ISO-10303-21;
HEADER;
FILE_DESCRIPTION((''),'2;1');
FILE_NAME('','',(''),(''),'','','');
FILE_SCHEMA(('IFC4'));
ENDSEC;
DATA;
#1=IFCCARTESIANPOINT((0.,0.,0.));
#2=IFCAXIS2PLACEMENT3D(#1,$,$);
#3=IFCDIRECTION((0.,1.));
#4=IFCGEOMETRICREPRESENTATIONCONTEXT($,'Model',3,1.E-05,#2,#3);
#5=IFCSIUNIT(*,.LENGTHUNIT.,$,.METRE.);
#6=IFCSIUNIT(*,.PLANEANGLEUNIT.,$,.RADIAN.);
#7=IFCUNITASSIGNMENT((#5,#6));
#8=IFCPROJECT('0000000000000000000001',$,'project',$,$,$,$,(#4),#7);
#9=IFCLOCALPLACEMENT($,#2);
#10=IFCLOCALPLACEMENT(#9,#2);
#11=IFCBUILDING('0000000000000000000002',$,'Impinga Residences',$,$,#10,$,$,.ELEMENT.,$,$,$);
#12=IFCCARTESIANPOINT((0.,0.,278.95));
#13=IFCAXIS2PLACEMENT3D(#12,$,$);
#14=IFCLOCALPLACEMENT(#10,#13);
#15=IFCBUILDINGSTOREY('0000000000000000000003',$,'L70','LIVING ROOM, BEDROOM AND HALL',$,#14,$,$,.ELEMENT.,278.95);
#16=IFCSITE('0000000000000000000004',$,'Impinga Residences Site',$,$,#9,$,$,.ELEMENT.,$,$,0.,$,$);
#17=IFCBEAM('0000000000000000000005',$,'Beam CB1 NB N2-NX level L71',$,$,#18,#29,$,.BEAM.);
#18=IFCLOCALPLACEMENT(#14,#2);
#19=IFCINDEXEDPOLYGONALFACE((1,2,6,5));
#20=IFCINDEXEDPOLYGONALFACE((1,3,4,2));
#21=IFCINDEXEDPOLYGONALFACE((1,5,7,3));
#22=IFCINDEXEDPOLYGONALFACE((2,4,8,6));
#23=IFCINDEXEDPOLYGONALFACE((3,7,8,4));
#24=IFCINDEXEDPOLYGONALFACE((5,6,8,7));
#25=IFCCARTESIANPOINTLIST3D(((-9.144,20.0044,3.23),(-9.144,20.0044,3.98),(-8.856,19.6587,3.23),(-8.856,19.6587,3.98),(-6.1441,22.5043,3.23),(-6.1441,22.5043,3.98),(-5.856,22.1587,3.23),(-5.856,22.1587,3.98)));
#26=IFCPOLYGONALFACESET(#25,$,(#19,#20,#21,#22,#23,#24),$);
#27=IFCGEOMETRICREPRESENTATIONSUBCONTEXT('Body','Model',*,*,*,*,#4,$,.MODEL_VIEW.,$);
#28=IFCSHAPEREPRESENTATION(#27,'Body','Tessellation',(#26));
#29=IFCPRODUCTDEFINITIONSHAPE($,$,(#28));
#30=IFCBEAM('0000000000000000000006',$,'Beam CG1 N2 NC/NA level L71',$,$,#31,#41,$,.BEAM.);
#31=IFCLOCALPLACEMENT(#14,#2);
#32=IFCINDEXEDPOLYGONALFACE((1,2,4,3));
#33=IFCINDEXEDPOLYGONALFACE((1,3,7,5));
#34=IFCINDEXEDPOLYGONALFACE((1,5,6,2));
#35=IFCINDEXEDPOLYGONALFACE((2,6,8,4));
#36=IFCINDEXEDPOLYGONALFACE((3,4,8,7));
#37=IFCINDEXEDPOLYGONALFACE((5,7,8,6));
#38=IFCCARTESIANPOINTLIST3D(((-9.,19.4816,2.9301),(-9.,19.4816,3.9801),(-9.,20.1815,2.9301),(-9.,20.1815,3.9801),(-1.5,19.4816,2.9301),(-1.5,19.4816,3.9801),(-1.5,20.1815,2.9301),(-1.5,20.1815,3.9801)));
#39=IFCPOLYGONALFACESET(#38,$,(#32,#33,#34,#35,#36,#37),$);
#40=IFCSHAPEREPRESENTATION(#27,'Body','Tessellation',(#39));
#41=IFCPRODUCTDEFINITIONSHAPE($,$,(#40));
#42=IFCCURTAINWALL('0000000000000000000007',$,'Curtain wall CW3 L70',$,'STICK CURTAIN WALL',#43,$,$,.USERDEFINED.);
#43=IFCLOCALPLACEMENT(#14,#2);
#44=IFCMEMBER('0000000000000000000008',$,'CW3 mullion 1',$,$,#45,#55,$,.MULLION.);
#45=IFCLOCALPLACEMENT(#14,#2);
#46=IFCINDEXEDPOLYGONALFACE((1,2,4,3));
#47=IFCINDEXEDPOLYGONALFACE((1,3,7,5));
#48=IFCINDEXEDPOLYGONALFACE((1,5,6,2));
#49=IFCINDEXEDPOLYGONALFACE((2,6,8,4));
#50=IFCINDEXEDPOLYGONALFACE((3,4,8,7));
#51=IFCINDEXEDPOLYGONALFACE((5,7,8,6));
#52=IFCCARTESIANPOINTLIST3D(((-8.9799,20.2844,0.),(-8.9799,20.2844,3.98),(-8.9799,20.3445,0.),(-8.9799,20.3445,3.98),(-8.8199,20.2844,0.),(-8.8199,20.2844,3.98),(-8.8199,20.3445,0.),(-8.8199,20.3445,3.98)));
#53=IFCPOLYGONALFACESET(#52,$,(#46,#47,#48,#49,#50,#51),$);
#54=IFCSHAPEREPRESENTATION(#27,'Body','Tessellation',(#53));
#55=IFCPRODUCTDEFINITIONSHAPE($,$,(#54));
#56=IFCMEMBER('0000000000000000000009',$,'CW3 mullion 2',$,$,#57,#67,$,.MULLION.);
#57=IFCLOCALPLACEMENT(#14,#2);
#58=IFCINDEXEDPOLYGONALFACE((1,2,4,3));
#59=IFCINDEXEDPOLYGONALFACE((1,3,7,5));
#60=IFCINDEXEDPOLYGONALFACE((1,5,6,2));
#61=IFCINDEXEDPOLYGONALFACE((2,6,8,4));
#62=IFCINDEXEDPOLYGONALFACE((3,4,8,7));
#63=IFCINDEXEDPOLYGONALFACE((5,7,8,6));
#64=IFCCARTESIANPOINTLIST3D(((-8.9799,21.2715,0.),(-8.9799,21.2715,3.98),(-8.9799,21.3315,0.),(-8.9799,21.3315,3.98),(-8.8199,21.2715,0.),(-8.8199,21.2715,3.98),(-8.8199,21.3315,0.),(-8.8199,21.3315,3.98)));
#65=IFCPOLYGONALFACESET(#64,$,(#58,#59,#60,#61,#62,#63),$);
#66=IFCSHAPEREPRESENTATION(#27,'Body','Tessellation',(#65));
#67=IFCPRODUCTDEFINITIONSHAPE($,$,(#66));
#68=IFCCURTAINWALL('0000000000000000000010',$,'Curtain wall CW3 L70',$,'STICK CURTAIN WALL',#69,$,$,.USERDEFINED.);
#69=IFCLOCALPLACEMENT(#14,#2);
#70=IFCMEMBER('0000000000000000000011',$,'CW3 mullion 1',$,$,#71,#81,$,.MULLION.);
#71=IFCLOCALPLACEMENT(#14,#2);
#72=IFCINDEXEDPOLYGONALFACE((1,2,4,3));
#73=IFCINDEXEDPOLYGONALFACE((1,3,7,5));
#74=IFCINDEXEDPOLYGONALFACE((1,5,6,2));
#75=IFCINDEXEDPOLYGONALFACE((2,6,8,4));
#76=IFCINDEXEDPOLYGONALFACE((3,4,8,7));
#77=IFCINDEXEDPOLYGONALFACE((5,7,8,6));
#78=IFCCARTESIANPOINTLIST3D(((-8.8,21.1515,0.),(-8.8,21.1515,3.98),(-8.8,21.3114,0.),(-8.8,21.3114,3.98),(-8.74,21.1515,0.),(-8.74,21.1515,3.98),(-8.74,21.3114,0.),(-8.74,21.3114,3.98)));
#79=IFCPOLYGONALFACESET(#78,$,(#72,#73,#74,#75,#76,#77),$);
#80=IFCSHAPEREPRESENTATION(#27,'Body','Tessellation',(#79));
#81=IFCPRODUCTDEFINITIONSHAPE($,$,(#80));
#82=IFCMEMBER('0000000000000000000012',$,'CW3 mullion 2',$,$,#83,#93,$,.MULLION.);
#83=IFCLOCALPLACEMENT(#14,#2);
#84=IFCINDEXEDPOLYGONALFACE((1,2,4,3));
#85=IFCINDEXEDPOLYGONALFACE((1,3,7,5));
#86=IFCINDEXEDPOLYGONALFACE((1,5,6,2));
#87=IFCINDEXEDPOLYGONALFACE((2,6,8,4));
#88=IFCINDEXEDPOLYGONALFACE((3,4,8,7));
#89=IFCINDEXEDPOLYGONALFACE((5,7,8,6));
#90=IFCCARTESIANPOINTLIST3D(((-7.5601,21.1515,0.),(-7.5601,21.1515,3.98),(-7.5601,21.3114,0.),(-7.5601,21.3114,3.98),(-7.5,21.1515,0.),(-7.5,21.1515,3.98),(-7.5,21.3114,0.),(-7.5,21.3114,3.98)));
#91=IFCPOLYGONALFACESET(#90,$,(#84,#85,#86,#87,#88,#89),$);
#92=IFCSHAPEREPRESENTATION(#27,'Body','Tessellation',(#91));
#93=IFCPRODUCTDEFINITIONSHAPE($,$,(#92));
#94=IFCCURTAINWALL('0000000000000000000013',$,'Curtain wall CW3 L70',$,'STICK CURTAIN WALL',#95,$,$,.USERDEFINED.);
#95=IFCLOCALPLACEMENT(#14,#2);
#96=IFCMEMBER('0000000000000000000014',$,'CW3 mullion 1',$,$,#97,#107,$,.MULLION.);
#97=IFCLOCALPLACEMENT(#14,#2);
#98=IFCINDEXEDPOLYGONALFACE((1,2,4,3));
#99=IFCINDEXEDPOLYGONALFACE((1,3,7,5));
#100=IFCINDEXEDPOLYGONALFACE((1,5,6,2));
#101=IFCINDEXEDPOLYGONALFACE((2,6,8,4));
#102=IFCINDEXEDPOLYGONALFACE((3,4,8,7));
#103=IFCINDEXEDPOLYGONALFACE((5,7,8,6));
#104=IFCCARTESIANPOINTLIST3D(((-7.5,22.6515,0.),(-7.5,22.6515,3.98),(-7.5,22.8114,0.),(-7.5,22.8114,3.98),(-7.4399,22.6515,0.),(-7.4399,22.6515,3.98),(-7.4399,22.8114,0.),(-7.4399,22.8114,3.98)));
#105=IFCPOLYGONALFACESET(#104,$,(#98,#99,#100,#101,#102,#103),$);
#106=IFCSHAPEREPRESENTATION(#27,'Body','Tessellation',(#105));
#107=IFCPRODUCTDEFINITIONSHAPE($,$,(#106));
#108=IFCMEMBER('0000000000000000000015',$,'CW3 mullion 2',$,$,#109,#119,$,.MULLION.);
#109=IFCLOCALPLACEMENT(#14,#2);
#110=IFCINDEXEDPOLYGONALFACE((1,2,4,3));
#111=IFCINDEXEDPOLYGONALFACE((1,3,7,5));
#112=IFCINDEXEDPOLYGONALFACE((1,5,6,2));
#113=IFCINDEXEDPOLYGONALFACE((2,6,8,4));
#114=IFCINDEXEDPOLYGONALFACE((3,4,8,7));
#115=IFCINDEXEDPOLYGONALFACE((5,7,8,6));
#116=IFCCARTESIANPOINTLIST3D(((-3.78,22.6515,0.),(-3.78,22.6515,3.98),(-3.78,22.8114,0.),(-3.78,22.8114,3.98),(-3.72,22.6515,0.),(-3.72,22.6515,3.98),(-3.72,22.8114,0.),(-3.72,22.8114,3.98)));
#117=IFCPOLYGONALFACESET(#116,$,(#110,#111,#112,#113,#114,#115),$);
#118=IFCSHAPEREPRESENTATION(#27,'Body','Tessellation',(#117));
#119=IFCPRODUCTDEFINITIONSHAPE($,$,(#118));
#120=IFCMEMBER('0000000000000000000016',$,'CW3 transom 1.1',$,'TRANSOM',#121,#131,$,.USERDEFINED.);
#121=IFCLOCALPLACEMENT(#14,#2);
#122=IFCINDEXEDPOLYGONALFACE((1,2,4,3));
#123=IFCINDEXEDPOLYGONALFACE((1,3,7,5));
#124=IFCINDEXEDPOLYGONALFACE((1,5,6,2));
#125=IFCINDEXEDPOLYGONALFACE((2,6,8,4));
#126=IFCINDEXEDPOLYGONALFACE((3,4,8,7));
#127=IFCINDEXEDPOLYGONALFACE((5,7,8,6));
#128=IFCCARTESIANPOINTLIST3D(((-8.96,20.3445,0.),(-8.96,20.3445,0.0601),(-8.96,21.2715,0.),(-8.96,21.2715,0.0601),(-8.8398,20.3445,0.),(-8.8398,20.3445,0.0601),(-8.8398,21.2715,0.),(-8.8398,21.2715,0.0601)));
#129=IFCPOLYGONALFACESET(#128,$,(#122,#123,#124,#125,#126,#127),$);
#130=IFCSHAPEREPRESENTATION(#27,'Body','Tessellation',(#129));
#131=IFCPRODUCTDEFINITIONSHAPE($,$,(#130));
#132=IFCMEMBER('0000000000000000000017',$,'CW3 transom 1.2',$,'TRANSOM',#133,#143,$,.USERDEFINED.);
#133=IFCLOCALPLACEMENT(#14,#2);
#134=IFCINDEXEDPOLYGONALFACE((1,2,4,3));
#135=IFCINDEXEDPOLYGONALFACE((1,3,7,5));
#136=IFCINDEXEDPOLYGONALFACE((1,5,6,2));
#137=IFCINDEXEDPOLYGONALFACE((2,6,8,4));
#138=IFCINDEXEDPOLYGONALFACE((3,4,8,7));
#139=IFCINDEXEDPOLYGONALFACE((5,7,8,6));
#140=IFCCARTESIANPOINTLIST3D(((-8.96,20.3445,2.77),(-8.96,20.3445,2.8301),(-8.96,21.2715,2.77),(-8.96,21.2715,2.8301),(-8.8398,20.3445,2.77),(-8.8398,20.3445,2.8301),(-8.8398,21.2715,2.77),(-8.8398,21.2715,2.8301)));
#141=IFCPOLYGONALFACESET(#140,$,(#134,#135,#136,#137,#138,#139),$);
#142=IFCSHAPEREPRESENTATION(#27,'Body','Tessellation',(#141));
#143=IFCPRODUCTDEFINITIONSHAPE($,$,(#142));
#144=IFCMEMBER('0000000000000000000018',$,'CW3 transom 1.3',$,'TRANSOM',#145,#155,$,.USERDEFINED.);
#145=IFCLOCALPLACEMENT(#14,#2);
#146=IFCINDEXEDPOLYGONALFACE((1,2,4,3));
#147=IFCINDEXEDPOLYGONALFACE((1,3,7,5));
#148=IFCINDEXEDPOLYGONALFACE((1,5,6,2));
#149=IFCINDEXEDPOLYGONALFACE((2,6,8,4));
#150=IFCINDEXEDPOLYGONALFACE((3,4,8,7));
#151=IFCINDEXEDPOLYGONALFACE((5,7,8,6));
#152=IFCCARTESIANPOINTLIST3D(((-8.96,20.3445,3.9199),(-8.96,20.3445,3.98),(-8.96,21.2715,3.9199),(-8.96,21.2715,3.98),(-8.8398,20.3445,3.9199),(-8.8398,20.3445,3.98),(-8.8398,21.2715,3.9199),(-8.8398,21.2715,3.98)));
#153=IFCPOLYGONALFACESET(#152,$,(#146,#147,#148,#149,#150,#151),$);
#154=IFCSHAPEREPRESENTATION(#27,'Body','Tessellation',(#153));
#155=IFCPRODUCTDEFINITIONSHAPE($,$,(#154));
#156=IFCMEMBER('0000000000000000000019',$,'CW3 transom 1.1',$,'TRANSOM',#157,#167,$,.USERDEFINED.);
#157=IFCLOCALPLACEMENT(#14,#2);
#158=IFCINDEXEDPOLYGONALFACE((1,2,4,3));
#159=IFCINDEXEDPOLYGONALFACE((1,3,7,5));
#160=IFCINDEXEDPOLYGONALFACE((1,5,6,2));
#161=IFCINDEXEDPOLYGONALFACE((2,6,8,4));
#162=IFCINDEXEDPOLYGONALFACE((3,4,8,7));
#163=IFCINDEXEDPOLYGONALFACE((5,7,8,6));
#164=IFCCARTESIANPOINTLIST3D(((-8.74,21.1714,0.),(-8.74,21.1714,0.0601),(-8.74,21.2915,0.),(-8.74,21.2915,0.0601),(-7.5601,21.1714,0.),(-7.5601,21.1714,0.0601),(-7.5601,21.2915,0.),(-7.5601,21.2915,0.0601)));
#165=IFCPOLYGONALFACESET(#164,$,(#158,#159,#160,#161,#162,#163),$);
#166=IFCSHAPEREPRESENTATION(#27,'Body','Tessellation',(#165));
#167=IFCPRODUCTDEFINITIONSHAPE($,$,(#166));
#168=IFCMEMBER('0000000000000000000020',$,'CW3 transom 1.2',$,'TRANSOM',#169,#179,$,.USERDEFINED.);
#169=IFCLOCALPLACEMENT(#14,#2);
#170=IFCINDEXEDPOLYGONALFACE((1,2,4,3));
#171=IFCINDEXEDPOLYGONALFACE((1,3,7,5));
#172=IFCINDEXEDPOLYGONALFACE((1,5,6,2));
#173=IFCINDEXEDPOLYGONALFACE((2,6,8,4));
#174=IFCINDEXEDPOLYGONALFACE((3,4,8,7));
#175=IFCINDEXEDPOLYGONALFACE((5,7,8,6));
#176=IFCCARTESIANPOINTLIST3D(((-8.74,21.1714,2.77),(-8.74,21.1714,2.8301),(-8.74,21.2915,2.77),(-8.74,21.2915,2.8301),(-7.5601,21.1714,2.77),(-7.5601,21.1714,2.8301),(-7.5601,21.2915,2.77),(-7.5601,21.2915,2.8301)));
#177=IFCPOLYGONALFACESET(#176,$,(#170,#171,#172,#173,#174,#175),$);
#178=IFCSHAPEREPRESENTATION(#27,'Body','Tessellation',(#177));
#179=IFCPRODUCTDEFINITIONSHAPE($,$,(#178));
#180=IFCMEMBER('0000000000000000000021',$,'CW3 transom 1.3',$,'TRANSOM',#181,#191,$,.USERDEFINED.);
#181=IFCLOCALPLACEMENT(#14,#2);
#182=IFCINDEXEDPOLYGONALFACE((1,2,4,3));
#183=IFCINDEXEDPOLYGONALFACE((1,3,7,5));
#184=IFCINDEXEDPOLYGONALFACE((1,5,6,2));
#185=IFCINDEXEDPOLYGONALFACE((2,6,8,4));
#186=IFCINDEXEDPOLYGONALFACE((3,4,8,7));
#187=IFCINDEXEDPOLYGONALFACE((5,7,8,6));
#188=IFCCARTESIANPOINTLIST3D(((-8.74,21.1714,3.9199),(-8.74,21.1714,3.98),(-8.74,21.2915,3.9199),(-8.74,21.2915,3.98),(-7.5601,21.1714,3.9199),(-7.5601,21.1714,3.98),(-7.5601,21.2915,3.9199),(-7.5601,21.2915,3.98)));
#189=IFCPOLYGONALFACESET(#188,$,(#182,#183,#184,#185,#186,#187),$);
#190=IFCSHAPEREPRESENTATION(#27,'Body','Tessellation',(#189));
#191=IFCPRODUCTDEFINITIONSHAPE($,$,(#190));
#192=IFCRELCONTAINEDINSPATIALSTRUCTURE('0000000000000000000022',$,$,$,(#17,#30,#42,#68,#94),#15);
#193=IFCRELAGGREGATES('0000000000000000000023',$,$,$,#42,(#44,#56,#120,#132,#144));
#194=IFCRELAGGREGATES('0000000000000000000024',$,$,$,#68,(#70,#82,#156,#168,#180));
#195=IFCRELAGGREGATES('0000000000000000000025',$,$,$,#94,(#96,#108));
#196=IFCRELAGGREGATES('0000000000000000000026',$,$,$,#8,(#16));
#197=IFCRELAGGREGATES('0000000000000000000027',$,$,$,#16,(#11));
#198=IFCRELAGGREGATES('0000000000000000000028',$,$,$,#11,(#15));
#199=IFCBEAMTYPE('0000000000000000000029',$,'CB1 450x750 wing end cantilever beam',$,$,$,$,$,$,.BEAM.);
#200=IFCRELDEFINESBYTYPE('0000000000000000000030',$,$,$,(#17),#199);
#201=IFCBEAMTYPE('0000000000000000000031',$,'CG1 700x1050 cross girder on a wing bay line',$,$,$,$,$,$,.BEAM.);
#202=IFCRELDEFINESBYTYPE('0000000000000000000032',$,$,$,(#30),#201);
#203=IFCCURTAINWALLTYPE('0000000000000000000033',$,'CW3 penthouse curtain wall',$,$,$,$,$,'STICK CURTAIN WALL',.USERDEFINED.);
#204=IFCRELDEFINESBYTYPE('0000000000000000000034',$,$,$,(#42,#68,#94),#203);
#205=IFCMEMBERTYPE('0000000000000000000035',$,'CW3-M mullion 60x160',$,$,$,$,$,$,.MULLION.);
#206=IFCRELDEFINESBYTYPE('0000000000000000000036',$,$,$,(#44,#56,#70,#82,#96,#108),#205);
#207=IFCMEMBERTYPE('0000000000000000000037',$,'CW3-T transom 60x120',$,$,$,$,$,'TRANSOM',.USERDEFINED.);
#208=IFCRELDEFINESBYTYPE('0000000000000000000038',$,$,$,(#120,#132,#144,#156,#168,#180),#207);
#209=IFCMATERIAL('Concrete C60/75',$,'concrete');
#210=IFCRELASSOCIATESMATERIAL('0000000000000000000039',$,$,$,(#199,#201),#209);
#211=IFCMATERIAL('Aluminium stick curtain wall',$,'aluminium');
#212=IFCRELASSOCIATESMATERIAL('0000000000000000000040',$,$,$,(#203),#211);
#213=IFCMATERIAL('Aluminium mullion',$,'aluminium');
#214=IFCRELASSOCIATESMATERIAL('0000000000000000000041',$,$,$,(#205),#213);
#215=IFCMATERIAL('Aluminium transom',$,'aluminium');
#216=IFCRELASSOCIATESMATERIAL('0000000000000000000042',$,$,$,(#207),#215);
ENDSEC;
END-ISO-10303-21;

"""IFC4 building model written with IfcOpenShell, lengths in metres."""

from ifc_helpers import new_model, si_unit, direction, frame, origin, origin_2d, place, context, subcontext, project, spatial, rectangle, extrude, material, material_profile, profile_set, type_object, element, aggregate, save


model = new_model("IFC4")

# Units and contexts
model_context = context("Model", 3, precision=1e-05, world=origin(), true_north=direction((0.0, 1.0)))
body_context = subcontext(model_context, "Body", "Model", "MODEL_VIEW")
ifc_project = project(units=[si_unit("LENGTHUNIT", "METRE"), si_unit("PLANEANGLEUNIT", "RADIAN")], contexts=[model_context])

# Site, building, storey
site_placement = place(None, origin())
site = spatial("IfcSite", under=ifc_project, at=site_placement, Name="Impinga Residences Site", CompositionType="ELEMENT", RefElevation=0.0)
building_placement = place(site_placement, origin())
building = spatial("IfcBuilding", under=site, at=building_placement, Name="Impinga Residences", CompositionType="ELEMENT")
storey_placement = place(building_placement, frame((0.0, 0.0, 278.95)))
storey = spatial("IfcBuildingStorey", under=building, at=storey_placement, Name="L70", Description="LIVING ROOM, BEDROOM AND HALL", CompositionType="ELEMENT", Elevation=278.95)

# Beams
ifc_material_1 = material(Name="Concrete C60/75", Category="concrete")
ifc_material_profile_1 = material_profile(ifc_material_1, rectangle(XDim=0.45, YDim=0.75, at=origin_2d()), Name="RC 450x750")
ifc_profile_set_1 = profile_set([ifc_material_profile_1], Name="Concrete C60/75")
beam_type_1 = type_object("IfcBeamType", Name="CB1 450x750 wing end cantilever beam", PredefinedType="BEAM", material=ifc_profile_set_1)
beam_1_placement = place(storey_placement, frame((-9.0, 19.8315, 3.605), z_axis=(0.768221, 0.640184, 0.0), x_axis=(-0.640184, 0.768221, 0.0)))
element("IfcBeam", 1, at=beam_1_placement, inside=storey, type_object=beam_type_1, Name="Beam CB1 NB N2-NX level L71", PredefinedType="BEAM", context=body_context, shape_type="SweptSolid", body=[
    extrude(rectangle(XDim=0.45, YDim=0.75, at=origin_2d()), origin(), (0.0, 0.0, 1.0), 3.905),
])
ifc_material_profile_2 = material_profile(ifc_material_1, rectangle(XDim=0.7, YDim=1.05, at=origin_2d()), Name="RC 700x1050")
ifc_profile_set_2 = profile_set([ifc_material_profile_2], Name="Concrete C60/75")
beam_type_2 = type_object("IfcBeamType", Name="CG1 700x1050 cross girder on a wing bay line", PredefinedType="BEAM", material=ifc_profile_set_2)
beam_2_placement = place(storey_placement, frame((-1.5, 19.8315, 3.4551), z_axis=(-1.0, 0.0, 0.0), x_axis=(0.0, -1.0, 0.0)))
element("IfcBeam", 2, at=beam_2_placement, inside=storey, type_object=beam_type_2, Name="Beam CG1 N2 NC/NA level L71", PredefinedType="BEAM", context=body_context, shape_type="SweptSolid", body=[
    extrude(rectangle(XDim=0.7, YDim=1.05, at=origin_2d()), origin(), (0.0, 0.0, 1.0), 7.5),
])

# Curtain walls, members
ifc_material_2 = material(Name="Aluminium stick curtain wall", Category="aluminium")
curtain_wall_type = type_object("IfcCurtainWallType", Name="CW3 penthouse curtain wall", ElementType="STICK CURTAIN WALL", PredefinedType="USERDEFINED", material=ifc_material_2)
curtain_wall_1_placement = place(storey_placement, origin())
curtain_wall_1 = element("IfcCurtainWall", 3, at=curtain_wall_1_placement, inside=storey, type_object=curtain_wall_type, Name="Curtain wall CW3 L70", ObjectType="STICK CURTAIN WALL", PredefinedType="USERDEFINED")
ifc_material_3 = material(Name="Aluminium mullion", Category="aluminium")
ifc_material_profile_3 = material_profile(ifc_material_3, rectangle(XDim=0.0601, YDim=0.1599, at=origin_2d()), Name="60x160 mullion")
ifc_profile_set_3 = profile_set([ifc_material_profile_3], Name="Aluminium mullion")
member_type_1 = type_object("IfcMemberType", Name="CW3-M mullion 60x160", PredefinedType="MULLION", material=ifc_profile_set_3)
member_1_placement = place(storey_placement, frame((-8.8999, 20.3145, 0.0), z_axis=(0.0, 0.0, 1.0), x_axis=(0.0, 1.0, 0.0)))
member_1 = element("IfcMember", 4, at=member_1_placement, type_object=member_type_1, Name="CW3 mullion 1", PredefinedType="MULLION", context=body_context, shape_type="SweptSolid", body=[
    extrude(rectangle(XDim=0.0601, YDim=0.1599, at=origin_2d()), origin(), (0.0, 0.0, 1.0), 3.98),
])
member_2_placement = place(storey_placement, frame((-8.8999, 21.3015, 0.0), z_axis=(0.0, 0.0, 1.0), x_axis=(0.0, 1.0, 0.0)))
member_2 = element("IfcMember", 5, at=member_2_placement, type_object=member_type_1, Name="CW3 mullion 2", PredefinedType="MULLION", context=body_context, shape_type="SweptSolid", body=[
    extrude(rectangle(XDim=0.0601, YDim=0.1599, at=origin_2d()), origin(), (0.0, 0.0, 1.0), 3.98),
])
curtain_wall_2_placement = place(storey_placement, origin())
curtain_wall_2 = element("IfcCurtainWall", 6, at=curtain_wall_2_placement, inside=storey, type_object=curtain_wall_type, Name="Curtain wall CW3 L70", ObjectType="STICK CURTAIN WALL", PredefinedType="USERDEFINED")
member_3_placement = place(storey_placement, frame((-8.77, 21.2314, 0.0), z_axis=(0.0, 0.0, 1.0), x_axis=(1.0, 0.0, 0.0)))
member_3 = element("IfcMember", 7, at=member_3_placement, type_object=member_type_1, Name="CW3 mullion 1", PredefinedType="MULLION", context=body_context, shape_type="SweptSolid", body=[
    extrude(rectangle(XDim=0.0601, YDim=0.1599, at=origin_2d()), origin(), (0.0, 0.0, 1.0), 3.98),
])
member_4_placement = place(storey_placement, frame((-7.53, 21.2314, 0.0), z_axis=(0.0, 0.0, 1.0), x_axis=(1.0, 0.0, 0.0)))
member_4 = element("IfcMember", 8, at=member_4_placement, type_object=member_type_1, Name="CW3 mullion 2", PredefinedType="MULLION", context=body_context, shape_type="SweptSolid", body=[
    extrude(rectangle(XDim=0.0601, YDim=0.1599, at=origin_2d()), origin(), (0.0, 0.0, 1.0), 3.98),
])
curtain_wall_3_placement = place(storey_placement, origin())
curtain_wall_3 = element("IfcCurtainWall", 9, at=curtain_wall_3_placement, inside=storey, type_object=curtain_wall_type, Name="Curtain wall CW3 L70", ObjectType="STICK CURTAIN WALL", PredefinedType="USERDEFINED")
member_5_placement = place(storey_placement, frame((-7.47, 22.7314, 0.0), z_axis=(0.0, 0.0, 1.0), x_axis=(1.0, 0.0, 0.0)))
member_5 = element("IfcMember", 10, at=member_5_placement, type_object=member_type_1, Name="CW3 mullion 1", PredefinedType="MULLION", context=body_context, shape_type="SweptSolid", body=[
    extrude(rectangle(XDim=0.0601, YDim=0.1599, at=origin_2d()), origin(), (0.0, 0.0, 1.0), 3.98),
])
member_6_placement = place(storey_placement, frame((-3.75, 22.7314, 0.0), z_axis=(0.0, 0.0, 1.0), x_axis=(1.0, 0.0, 0.0)))
member_6 = element("IfcMember", 11, at=member_6_placement, type_object=member_type_1, Name="CW3 mullion 2", PredefinedType="MULLION", context=body_context, shape_type="SweptSolid", body=[
    extrude(rectangle(XDim=0.0601, YDim=0.1599, at=origin_2d()), origin(), (0.0, 0.0, 1.0), 3.98),
])

# Members
ifc_material_4 = material(Name="Aluminium transom", Category="aluminium")
ifc_material_profile_4 = material_profile(ifc_material_4, rectangle(XDim=0.0601, YDim=0.1201, at=origin_2d()), Name="60x120 transom")
ifc_profile_set_4 = profile_set([ifc_material_profile_4], Name="Aluminium transom")
member_type_2 = type_object("IfcMemberType", Name="CW3-T transom 60x120", ElementType="TRANSOM", PredefinedType="USERDEFINED", material=ifc_profile_set_4)
member_7_placement = place(storey_placement, frame((-8.8999, 20.3445, 0.03), z_axis=(0.0, 1.0, 0.0), x_axis=(0.0, 0.0, 1.0)))
member_7 = element("IfcMember", 12, at=member_7_placement, type_object=member_type_2, Name="CW3 transom 1.1", ObjectType="TRANSOM", PredefinedType="USERDEFINED", context=body_context, shape_type="SweptSolid", body=[
    extrude(rectangle(XDim=0.0601, YDim=0.1201, at=origin_2d()), origin(), (0.0, 0.0, 1.0), 0.927),
])
member_8_placement = place(storey_placement, frame((-8.8999, 20.3445, 2.8), z_axis=(0.0, 1.0, 0.0), x_axis=(0.0, 0.0, 1.0)))
member_8 = element("IfcMember", 13, at=member_8_placement, type_object=member_type_2, Name="CW3 transom 1.2", ObjectType="TRANSOM", PredefinedType="USERDEFINED", context=body_context, shape_type="SweptSolid", body=[
    extrude(rectangle(XDim=0.0601, YDim=0.1201, at=origin_2d()), origin(), (0.0, 0.0, 1.0), 0.927),
])
member_9_placement = place(storey_placement, frame((-8.8999, 20.3445, 3.95), z_axis=(0.0, 1.0, 0.0), x_axis=(0.0, 0.0, 1.0)))
member_9 = element("IfcMember", 14, at=member_9_placement, type_object=member_type_2, Name="CW3 transom 1.3", ObjectType="TRANSOM", PredefinedType="USERDEFINED", context=body_context, shape_type="SweptSolid", body=[
    extrude(rectangle(XDim=0.0601, YDim=0.1201, at=origin_2d()), origin(), (0.0, 0.0, 1.0), 0.927),
])
member_10_placement = place(storey_placement, frame((-8.74, 21.2314, 0.03), z_axis=(1.0, 0.0, 0.0), x_axis=(0.0, 0.0, 1.0)))
member_10 = element("IfcMember", 15, at=member_10_placement, type_object=member_type_2, Name="CW3 transom 1.1", ObjectType="TRANSOM", PredefinedType="USERDEFINED", context=body_context, shape_type="SweptSolid", body=[
    extrude(rectangle(XDim=0.0601, YDim=0.1201, at=origin_2d()), origin(), (0.0, 0.0, 1.0), 1.1799),
])
member_11_placement = place(storey_placement, frame((-8.74, 21.2314, 2.8), z_axis=(1.0, 0.0, 0.0), x_axis=(0.0, 0.0, 1.0)))
member_11 = element("IfcMember", 16, at=member_11_placement, type_object=member_type_2, Name="CW3 transom 1.2", ObjectType="TRANSOM", PredefinedType="USERDEFINED", context=body_context, shape_type="SweptSolid", body=[
    extrude(rectangle(XDim=0.0601, YDim=0.1201, at=origin_2d()), origin(), (0.0, 0.0, 1.0), 1.1799),
])
member_12_placement = place(storey_placement, frame((-8.74, 21.2314, 3.95), z_axis=(1.0, 0.0, 0.0), x_axis=(0.0, 0.0, 1.0)))
member_12 = element("IfcMember", 17, at=member_12_placement, type_object=member_type_2, Name="CW3 transom 1.3", ObjectType="TRANSOM", PredefinedType="USERDEFINED", context=body_context, shape_type="SweptSolid", body=[
    extrude(rectangle(XDim=0.0601, YDim=0.1201, at=origin_2d()), origin(), (0.0, 0.0, 1.0), 1.1799),
])

aggregate(curtain_wall_1, [member_1, member_2, member_7, member_8, member_9])
aggregate(curtain_wall_2, [member_3, member_4, member_10, member_11, member_12])
aggregate(curtain_wall_3, [member_5, member_6])

save(model, "model.ifc")
